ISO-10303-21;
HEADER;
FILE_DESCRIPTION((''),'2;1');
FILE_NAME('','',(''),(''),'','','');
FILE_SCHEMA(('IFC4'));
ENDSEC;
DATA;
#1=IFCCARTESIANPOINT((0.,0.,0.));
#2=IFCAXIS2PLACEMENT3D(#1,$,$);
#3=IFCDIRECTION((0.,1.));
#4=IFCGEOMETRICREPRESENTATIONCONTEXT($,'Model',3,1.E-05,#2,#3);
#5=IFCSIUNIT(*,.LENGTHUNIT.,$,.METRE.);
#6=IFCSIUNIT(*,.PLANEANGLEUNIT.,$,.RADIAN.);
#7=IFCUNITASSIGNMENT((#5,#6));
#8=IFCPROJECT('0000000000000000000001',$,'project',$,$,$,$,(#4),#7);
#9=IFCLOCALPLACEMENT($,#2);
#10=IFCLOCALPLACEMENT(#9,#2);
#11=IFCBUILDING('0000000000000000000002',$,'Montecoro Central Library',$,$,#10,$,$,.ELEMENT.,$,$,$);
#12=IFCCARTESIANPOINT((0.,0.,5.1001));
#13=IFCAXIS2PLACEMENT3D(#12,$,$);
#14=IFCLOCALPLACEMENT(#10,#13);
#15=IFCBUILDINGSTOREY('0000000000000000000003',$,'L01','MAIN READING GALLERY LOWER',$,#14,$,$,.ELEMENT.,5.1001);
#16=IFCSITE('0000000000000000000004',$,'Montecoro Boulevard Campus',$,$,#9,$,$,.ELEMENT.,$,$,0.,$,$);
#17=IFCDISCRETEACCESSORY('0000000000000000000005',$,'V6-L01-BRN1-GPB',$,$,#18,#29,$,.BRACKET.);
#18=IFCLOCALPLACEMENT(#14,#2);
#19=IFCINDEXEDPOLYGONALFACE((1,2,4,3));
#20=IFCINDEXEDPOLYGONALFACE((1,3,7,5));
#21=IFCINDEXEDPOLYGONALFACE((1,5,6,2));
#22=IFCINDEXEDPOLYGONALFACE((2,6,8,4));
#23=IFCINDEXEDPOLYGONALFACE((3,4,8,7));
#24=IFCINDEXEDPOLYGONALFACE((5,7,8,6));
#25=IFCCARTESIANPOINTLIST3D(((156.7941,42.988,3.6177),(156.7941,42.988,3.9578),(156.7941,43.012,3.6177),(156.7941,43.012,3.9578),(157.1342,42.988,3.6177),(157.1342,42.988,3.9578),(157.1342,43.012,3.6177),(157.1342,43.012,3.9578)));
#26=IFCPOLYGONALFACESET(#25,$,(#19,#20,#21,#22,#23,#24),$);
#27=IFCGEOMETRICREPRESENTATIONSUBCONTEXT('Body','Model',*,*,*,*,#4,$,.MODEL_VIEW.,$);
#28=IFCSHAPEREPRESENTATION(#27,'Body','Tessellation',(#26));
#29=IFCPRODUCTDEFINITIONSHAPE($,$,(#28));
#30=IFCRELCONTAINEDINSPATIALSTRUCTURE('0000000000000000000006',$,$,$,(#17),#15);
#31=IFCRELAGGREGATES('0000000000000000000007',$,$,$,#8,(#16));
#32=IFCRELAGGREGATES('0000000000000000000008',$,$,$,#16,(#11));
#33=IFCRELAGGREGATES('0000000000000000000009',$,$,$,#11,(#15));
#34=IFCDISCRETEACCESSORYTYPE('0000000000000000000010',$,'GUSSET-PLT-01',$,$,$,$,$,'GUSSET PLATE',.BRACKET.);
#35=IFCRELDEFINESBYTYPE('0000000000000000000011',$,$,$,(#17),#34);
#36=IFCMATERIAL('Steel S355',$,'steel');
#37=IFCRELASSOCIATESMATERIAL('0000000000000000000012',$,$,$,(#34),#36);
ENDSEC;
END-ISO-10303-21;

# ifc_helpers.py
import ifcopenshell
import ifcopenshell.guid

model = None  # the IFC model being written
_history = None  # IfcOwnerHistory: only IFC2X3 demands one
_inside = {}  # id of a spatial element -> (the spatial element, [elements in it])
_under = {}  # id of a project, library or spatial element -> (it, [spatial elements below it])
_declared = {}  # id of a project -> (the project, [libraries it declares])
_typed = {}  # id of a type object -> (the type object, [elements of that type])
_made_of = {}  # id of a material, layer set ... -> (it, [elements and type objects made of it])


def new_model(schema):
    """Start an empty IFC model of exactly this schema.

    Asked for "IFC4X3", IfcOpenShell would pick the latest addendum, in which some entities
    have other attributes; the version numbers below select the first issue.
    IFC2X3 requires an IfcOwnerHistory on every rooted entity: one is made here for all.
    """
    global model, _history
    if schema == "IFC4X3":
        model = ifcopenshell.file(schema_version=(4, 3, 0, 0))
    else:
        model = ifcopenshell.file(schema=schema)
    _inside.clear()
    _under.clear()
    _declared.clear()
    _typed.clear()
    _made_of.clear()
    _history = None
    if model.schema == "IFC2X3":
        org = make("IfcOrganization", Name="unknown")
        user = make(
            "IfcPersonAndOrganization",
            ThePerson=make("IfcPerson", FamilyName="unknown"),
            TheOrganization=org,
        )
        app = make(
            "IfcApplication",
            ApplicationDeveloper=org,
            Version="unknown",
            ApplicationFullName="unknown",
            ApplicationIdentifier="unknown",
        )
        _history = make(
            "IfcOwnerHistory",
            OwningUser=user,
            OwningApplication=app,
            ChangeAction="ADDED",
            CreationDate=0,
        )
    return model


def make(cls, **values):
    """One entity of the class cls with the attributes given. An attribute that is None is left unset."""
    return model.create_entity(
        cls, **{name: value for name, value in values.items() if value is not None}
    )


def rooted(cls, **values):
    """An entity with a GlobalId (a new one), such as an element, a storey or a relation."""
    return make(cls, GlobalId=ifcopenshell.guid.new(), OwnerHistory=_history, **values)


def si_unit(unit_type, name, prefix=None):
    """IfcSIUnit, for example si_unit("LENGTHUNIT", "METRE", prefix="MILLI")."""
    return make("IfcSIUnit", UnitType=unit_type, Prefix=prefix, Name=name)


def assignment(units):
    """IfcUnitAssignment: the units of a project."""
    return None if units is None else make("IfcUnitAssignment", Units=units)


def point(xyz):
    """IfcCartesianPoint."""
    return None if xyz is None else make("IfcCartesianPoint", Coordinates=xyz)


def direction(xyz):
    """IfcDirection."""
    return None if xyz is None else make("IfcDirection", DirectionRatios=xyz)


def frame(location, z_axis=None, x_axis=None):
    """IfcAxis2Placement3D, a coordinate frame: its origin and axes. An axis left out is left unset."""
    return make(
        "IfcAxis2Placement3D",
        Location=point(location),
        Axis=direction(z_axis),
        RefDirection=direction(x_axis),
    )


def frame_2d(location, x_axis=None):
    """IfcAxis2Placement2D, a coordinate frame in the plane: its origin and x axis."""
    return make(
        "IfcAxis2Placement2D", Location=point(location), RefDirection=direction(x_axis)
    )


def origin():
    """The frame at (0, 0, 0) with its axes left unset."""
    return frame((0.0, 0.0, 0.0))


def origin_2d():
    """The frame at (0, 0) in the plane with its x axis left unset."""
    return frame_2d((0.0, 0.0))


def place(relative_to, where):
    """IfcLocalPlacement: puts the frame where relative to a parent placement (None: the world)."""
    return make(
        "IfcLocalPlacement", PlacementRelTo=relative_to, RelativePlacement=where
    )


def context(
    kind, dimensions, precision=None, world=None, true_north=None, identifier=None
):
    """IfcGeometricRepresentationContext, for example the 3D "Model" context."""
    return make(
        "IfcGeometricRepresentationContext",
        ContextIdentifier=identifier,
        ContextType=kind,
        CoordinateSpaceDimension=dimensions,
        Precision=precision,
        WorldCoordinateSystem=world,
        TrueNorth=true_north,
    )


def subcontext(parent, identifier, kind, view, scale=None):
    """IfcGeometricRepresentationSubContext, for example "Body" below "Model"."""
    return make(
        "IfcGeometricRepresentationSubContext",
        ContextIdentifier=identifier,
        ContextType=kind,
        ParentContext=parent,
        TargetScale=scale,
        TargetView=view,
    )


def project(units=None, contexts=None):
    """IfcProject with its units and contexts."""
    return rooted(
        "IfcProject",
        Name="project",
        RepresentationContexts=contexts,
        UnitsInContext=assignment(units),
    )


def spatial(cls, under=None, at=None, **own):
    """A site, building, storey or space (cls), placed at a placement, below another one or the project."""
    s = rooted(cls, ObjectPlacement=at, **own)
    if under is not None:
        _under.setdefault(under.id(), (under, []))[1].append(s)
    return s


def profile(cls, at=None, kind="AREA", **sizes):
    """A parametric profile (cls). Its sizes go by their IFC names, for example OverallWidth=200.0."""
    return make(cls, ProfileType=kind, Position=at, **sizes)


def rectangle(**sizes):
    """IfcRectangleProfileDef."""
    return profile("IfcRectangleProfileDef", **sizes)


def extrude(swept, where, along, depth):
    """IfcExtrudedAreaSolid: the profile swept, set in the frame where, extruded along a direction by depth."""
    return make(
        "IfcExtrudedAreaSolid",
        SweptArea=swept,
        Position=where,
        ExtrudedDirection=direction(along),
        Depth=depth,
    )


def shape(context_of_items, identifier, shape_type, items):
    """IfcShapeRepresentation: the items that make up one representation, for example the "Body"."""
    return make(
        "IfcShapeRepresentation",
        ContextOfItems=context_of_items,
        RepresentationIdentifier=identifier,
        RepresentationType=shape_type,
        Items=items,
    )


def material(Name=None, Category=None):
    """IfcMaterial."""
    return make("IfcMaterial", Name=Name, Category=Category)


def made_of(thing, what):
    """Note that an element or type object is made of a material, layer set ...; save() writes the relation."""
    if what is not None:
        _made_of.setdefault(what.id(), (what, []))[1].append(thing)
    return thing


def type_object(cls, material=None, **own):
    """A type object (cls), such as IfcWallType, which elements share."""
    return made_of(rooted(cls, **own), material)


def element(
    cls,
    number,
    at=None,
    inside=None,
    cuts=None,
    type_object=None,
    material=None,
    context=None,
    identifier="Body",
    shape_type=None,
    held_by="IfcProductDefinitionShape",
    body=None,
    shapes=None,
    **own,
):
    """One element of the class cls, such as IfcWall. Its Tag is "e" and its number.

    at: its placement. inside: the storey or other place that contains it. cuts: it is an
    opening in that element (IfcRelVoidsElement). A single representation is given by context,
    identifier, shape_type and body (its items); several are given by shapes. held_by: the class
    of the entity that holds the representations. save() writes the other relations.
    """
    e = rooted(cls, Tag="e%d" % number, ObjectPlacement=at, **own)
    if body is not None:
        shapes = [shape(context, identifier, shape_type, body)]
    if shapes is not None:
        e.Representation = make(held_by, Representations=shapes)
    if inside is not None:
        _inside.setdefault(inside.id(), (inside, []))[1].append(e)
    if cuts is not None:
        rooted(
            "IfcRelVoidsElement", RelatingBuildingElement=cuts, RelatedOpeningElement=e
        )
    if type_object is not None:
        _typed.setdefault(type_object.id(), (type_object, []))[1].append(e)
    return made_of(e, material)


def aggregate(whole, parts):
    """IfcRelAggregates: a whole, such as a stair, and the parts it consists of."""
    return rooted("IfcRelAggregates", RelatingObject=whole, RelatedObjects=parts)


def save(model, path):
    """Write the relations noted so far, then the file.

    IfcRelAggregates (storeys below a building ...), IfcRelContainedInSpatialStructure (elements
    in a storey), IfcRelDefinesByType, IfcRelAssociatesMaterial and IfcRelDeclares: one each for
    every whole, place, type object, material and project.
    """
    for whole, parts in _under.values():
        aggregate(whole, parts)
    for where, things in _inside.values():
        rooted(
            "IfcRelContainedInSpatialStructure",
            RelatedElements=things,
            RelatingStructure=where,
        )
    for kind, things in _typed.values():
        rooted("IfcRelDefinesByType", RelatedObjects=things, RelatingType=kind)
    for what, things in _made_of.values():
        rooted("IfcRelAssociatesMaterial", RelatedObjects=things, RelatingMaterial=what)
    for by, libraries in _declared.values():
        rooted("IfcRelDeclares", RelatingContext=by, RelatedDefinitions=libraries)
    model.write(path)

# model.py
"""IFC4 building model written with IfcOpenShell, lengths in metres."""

from ifc_helpers import new_model, si_unit, direction, frame, origin, origin_2d, place, context, subcontext, project, spatial, rectangle, extrude, material, type_object, element, save


model = new_model("IFC4")

# Units and contexts
model_context = context("Model", 3, precision=1e-05, world=origin(), true_north=direction((0.0, 1.0)))
body_context = subcontext(model_context, "Body", "Model", "MODEL_VIEW")
ifc_project = project(units=[si_unit("LENGTHUNIT", "METRE"), si_unit("PLANEANGLEUNIT", "RADIAN")], contexts=[model_context])

# Site, building, storey
site_placement = place(None, origin())
site = spatial("IfcSite", under=ifc_project, at=site_placement, Name="Montecoro Boulevard Campus", CompositionType="ELEMENT", RefElevation=0.0)
building_placement = place(site_placement, origin())
building = spatial("IfcBuilding", under=site, at=building_placement, Name="Montecoro Central Library", CompositionType="ELEMENT")
storey_placement = place(building_placement, frame((0.0, 0.0, 5.1001)))
storey = spatial("IfcBuildingStorey", under=building, at=storey_placement, Name="L01", Description="MAIN READING GALLERY LOWER", CompositionType="ELEMENT", Elevation=5.1001)

# Shared definitions
ifc_material_1 = material(Name="Steel S355", Category="steel")

# Discrete accessory
discrete_accessory_type = type_object("IfcDiscreteAccessoryType", Name="GUSSET-PLT-01", ElementType="GUSSET PLATE", PredefinedType="BRACKET", material=ifc_material_1)
discrete_accessory_placement = place(storey_placement, frame((156.9641, 43.0, 3.6177), z_axis=(0.0, 0.0, 1.0), x_axis=(1.0, 0.0, 0.0)))
element("IfcDiscreteAccessory", 1, at=discrete_accessory_placement, inside=storey, type_object=discrete_accessory_type, Name="V6-L01-BRN1-GPB", PredefinedType="BRACKET", context=body_context, shape_type="SweptSolid", body=[
    extrude(rectangle(XDim=0.3401, YDim=0.0239, at=origin_2d()), origin(), (0.0, 0.0, 1.0), 0.3401),
])

save(model, "model.ifc")
